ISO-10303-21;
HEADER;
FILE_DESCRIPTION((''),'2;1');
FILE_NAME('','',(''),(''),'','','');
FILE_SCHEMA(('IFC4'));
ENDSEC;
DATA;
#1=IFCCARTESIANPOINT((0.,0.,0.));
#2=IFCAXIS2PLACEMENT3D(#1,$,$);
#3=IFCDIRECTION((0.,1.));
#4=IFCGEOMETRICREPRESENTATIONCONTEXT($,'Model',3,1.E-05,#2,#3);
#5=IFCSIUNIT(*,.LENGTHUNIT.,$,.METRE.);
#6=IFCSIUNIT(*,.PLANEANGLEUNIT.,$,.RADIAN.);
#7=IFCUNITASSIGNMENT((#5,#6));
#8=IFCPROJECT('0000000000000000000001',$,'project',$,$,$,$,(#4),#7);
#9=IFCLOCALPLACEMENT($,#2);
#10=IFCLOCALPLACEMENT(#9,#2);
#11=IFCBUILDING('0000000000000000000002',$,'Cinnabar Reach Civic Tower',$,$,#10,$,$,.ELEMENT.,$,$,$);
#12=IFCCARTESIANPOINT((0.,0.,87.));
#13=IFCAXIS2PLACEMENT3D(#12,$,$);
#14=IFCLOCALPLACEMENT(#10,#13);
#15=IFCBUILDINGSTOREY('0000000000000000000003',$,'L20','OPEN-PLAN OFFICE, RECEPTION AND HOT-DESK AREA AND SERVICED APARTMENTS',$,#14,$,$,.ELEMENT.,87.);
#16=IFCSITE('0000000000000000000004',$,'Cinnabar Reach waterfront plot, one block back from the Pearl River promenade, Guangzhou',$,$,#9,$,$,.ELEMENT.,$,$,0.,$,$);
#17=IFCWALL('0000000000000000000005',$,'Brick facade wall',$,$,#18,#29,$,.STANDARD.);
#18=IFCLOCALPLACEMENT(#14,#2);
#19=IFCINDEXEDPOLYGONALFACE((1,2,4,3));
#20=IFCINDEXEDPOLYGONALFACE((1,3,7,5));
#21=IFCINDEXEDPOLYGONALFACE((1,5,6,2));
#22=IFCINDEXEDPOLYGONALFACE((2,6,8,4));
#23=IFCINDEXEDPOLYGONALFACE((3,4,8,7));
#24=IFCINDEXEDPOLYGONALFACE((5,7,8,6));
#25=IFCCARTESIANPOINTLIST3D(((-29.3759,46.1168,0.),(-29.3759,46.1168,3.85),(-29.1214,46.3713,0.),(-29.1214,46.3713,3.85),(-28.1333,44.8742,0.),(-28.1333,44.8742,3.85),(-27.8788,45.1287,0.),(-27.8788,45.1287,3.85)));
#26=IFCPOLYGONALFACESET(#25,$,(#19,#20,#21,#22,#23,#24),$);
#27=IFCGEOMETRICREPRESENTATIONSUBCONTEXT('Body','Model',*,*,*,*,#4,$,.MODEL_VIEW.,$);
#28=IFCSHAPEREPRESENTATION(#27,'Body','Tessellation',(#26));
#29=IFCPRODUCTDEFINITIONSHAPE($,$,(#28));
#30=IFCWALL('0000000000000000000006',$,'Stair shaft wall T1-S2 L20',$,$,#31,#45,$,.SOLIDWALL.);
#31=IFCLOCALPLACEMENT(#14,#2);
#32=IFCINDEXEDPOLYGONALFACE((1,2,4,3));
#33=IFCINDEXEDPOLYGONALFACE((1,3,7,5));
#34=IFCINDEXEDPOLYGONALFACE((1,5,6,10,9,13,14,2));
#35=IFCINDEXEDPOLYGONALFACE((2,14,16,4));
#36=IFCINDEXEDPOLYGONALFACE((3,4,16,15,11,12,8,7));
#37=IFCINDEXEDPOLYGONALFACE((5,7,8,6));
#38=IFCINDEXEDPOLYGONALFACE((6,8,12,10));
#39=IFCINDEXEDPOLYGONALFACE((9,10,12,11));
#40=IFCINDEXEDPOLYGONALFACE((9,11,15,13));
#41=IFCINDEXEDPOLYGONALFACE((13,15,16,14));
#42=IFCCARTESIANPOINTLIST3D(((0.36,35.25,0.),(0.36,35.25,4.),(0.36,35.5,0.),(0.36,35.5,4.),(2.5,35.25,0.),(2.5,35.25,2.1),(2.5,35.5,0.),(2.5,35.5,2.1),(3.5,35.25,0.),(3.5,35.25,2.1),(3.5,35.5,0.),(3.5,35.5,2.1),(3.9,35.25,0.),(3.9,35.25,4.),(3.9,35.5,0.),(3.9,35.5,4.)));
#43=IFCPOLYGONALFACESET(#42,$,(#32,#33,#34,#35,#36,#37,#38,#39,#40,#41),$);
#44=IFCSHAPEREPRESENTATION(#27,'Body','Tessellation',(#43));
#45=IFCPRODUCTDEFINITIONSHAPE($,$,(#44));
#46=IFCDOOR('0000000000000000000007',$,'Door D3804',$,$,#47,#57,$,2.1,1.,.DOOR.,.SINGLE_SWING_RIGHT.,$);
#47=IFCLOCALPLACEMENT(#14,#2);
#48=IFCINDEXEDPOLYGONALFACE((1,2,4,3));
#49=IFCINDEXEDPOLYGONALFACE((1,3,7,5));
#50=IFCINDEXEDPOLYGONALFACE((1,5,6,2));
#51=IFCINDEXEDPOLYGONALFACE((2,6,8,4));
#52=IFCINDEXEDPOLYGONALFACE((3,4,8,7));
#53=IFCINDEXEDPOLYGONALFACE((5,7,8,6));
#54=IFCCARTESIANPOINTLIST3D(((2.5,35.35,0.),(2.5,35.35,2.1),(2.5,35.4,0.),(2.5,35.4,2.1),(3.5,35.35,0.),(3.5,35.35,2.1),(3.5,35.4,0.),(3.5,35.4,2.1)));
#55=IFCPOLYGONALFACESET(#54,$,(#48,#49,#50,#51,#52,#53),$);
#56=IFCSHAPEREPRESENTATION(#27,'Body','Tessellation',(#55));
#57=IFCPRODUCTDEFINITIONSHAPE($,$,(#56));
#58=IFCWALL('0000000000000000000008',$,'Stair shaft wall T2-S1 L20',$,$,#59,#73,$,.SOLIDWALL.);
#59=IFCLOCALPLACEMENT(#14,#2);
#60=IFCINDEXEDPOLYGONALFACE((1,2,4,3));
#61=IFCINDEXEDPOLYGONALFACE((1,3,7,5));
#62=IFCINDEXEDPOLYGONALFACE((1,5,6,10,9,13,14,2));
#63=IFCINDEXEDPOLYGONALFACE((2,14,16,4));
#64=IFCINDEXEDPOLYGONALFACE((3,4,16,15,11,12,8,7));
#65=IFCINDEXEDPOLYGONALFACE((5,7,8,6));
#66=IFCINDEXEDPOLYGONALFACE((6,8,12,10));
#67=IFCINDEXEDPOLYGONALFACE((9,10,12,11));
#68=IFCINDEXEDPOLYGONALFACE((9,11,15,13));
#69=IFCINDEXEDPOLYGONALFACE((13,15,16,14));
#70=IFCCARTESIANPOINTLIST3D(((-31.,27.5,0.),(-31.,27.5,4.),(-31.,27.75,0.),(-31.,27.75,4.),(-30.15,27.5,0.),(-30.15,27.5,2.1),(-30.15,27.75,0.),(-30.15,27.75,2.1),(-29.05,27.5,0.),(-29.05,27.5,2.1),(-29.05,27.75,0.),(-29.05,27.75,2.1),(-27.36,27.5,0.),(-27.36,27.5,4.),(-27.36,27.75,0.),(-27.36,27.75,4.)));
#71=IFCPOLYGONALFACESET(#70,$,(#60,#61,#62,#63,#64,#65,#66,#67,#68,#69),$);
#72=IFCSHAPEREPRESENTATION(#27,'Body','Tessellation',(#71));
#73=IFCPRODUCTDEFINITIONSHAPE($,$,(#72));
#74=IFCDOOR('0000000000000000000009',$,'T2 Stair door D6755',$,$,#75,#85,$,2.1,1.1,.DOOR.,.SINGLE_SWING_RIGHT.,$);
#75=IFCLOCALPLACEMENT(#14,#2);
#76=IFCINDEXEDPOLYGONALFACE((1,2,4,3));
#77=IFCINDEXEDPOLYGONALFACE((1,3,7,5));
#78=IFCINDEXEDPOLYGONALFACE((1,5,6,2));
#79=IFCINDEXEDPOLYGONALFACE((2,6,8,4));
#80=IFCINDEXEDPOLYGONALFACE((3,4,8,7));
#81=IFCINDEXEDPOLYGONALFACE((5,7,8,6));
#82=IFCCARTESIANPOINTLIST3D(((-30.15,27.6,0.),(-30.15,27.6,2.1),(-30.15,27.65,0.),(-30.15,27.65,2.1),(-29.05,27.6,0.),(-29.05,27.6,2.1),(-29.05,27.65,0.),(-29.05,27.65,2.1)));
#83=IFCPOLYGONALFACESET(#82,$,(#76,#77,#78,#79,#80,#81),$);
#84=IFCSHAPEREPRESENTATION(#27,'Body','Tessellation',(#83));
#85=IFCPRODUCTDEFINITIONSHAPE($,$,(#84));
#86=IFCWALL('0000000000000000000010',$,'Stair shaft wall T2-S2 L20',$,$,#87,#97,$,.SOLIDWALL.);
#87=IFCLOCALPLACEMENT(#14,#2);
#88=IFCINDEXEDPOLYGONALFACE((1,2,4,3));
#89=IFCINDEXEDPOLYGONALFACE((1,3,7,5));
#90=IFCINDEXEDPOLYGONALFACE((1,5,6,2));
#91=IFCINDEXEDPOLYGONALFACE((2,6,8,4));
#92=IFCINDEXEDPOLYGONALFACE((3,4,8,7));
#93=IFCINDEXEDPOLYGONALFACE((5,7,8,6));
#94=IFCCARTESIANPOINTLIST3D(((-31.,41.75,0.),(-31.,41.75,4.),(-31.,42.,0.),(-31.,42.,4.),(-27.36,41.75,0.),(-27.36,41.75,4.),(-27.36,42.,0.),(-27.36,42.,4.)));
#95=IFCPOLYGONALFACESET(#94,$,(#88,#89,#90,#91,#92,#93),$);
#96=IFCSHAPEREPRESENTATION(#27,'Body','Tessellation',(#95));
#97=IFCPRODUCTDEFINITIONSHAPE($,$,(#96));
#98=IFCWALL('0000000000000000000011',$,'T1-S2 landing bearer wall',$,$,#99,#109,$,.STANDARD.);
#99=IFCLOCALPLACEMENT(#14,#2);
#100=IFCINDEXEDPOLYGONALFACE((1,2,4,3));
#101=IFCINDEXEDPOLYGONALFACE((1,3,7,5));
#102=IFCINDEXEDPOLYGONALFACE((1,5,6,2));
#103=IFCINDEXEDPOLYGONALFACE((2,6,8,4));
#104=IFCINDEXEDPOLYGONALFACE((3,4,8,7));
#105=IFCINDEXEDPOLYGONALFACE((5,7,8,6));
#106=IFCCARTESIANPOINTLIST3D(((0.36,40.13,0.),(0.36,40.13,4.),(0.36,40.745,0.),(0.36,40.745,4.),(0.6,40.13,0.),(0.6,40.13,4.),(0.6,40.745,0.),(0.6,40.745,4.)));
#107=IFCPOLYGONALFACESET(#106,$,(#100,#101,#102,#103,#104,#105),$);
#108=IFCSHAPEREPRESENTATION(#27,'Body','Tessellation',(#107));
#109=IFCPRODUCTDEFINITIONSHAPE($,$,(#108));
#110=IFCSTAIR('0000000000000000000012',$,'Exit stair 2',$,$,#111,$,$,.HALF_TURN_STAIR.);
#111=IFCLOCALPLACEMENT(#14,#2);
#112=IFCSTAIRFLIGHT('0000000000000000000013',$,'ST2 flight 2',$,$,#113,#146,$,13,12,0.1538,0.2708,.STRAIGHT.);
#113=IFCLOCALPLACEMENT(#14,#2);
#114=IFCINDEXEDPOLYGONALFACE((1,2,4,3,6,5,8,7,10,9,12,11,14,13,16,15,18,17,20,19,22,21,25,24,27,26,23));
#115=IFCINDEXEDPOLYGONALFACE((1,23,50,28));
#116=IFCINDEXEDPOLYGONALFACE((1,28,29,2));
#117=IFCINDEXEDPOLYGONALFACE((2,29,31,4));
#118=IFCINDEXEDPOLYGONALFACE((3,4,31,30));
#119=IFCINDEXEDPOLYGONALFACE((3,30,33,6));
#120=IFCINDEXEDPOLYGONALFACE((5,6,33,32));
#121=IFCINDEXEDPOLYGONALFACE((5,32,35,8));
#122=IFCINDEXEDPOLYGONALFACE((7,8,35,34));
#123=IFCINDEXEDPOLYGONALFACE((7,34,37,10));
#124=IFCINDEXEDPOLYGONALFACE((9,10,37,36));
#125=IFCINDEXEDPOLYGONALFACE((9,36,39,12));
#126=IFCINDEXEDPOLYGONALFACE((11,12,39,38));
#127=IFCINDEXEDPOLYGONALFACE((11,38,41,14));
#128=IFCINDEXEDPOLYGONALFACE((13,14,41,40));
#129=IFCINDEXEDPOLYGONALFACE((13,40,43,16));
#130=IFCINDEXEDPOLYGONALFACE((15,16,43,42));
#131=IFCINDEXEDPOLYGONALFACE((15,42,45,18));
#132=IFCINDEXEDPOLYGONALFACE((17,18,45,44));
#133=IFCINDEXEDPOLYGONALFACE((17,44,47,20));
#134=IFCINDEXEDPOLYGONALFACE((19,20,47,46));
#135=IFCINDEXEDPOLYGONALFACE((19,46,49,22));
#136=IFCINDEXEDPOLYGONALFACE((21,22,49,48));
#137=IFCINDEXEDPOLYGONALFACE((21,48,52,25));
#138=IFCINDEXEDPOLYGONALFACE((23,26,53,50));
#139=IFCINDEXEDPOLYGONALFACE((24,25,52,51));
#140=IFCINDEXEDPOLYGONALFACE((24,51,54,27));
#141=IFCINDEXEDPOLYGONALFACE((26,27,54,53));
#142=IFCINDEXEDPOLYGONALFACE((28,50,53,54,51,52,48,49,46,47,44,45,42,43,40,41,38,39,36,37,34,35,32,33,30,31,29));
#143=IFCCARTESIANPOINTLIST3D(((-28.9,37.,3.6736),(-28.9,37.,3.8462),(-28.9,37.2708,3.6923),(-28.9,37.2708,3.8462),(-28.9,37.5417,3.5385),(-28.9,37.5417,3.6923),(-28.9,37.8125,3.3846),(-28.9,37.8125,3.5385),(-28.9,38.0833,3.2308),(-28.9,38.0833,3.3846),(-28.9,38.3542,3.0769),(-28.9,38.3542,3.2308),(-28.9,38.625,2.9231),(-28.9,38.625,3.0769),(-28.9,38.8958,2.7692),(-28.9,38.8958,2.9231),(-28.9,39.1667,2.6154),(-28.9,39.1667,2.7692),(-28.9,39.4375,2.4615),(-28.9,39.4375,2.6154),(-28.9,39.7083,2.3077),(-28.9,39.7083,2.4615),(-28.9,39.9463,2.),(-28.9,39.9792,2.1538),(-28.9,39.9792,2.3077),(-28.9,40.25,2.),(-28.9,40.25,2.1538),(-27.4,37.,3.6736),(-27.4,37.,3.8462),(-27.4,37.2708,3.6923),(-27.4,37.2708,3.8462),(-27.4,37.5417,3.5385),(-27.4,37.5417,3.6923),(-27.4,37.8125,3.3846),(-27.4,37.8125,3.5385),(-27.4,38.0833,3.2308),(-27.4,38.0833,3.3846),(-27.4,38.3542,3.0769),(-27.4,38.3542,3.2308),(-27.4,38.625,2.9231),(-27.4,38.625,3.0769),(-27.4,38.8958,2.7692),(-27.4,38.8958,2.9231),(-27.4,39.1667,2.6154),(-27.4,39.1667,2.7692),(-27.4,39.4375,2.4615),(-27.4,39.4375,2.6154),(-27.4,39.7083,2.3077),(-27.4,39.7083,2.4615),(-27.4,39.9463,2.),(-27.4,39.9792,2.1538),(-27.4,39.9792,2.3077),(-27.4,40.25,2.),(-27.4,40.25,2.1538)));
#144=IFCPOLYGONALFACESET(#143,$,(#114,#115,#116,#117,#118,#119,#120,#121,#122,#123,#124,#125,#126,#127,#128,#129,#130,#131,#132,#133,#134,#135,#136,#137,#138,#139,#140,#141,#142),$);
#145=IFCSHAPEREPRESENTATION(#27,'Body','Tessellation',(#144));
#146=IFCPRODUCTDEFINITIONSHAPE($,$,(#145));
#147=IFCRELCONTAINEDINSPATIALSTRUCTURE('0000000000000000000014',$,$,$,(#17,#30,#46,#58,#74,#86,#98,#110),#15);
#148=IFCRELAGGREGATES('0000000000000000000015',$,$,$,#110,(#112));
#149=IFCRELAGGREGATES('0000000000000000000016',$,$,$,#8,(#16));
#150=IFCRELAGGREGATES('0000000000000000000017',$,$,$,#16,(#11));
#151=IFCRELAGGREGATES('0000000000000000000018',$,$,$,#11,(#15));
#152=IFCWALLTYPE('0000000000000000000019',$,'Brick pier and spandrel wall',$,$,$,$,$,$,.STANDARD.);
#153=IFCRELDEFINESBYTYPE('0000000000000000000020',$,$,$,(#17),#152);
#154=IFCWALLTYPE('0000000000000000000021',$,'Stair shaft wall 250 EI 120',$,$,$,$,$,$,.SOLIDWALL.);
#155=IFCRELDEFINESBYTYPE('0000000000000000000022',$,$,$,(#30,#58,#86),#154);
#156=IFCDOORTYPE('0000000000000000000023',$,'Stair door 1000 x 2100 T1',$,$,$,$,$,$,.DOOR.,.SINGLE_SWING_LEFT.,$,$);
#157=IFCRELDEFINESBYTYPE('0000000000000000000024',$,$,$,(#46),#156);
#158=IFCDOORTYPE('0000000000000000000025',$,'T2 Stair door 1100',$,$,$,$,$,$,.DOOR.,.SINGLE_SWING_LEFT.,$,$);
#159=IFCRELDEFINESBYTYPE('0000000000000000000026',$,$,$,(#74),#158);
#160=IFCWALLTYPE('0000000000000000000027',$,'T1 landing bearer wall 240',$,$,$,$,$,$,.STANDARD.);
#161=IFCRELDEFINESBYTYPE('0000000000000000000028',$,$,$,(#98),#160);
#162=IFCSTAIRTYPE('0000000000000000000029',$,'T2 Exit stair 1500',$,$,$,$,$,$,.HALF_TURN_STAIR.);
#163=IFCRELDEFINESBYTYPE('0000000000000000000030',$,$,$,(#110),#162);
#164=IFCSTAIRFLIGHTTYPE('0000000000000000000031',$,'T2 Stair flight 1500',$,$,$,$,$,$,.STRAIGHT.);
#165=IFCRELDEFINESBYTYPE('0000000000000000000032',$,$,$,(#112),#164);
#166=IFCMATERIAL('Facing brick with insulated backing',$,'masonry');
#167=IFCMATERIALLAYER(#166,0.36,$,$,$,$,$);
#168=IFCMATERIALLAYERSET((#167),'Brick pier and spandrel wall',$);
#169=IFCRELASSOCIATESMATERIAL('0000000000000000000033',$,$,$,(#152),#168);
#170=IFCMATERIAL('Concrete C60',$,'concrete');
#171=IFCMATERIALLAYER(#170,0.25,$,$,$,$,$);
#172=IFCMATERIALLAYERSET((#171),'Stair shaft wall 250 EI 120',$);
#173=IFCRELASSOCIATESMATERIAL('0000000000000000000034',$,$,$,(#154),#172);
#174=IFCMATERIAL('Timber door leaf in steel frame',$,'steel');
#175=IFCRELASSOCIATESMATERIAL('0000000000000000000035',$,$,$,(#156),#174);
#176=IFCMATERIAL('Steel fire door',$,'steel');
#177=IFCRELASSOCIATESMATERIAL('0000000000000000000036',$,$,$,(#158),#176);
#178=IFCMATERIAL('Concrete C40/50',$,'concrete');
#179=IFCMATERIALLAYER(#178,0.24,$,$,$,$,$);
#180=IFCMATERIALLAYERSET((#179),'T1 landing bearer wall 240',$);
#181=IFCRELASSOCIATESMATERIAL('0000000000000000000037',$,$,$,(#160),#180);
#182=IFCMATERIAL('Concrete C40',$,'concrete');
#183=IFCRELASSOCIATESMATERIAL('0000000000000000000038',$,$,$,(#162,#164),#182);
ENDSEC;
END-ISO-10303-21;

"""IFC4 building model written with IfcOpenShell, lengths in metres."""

from ifc_helpers import new_model, si_unit, direction, frame, frame_2d, origin, place, context, subcontext, project, spatial, polyline, rectangle, outline, extrude, material, layer, layer_set, type_object, element, fill, aggregate, save


model = new_model("IFC4")

# Units and contexts
model_context = context("Model", 3, precision=1e-05, world=origin(), true_north=direction((0.0, 1.0)))
body_context = subcontext(model_context, "Body", "Model", "MODEL_VIEW")
ifc_project = project(units=[si_unit("LENGTHUNIT", "METRE"), si_unit("PLANEANGLEUNIT", "RADIAN")], contexts=[model_context])

# Site, building, storey
site_placement = place(None, origin())
site = spatial("IfcSite", under=ifc_project, at=site_placement, Name="Cinnabar Reach waterfront plot, one block back from the Pearl River promenade, Guangzhou", CompositionType="ELEMENT", RefElevation=0.0)
building_placement = place(site_placement, origin())
building = spatial("IfcBuilding", under=site, at=building_placement, Name="Cinnabar Reach Civic Tower", CompositionType="ELEMENT")
storey_placement = place(building_placement, frame((0.0, 0.0, 87.0)))
storey = spatial("IfcBuildingStorey", under=building, at=storey_placement, Name="L20", Description="OPEN-PLAN OFFICE, RECEPTION AND HOT-DESK AREA AND SERVICED APARTMENTS", CompositionType="ELEMENT", Elevation=87.0)

# Shared definitions
ifc_material_1 = material(Name="Concrete C60", Category="concrete")

# Shared definitions
ifc_material_2 = material(Name="Concrete C40", Category="concrete")

# Shared definitions
ifc_material_3 = material(Name="Facing brick with insulated backing", Category="masonry")
ifc_layer_1 = layer(ifc_material_3, 0.36)
ifc_layer_set_1 = layer_set([ifc_layer_1], Name="Brick pier and spandrel wall")
wall_type_1 = type_object("IfcWallType", Name="Brick pier and spandrel wall", PredefinedType="STANDARD", material=ifc_layer_set_1)

# Wall
wall_1_placement = place(storey_placement, frame((-28.006, 45.0014, 0.0), z_axis=(0.0, 0.0, 1.0), x_axis=(-0.707107, 0.707107, 0.0)))
element("IfcWall", 1, at=wall_1_placement, inside=storey, type_object=wall_type_1, Name="Brick facade wall", PredefinedType="STANDARD", context=body_context, shape_type="SweptSolid", body=[
    extrude(rectangle(XDim=1.7573, YDim=0.36, at=frame_2d((0.8787, 0.0))), origin(), (0.0, 0.0, 1.0), 3.85),
])

# Walls, openings, doors
ifc_layer_2 = layer(ifc_material_1, 0.25)
ifc_layer_set_2 = layer_set([ifc_layer_2], Name="Stair shaft wall 250 EI 120")
wall_type_2 = type_object("IfcWallType", Name="Stair shaft wall 250 EI 120", PredefinedType="SOLIDWALL", material=ifc_layer_set_2)
wall_2_placement = place(storey_placement, frame((0.36, 35.375, 0.0), z_axis=(0.0, 0.0, 1.0), x_axis=(1.0, 0.0, 0.0)))
wall_2 = element("IfcWall", 2, at=wall_2_placement, inside=storey, type_object=wall_type_2, Name="Stair shaft wall T1-S2 L20", PredefinedType="SOLIDWALL", context=body_context, shape_type="SweptSolid", body=[
    extrude(rectangle(XDim=3.54, YDim=0.25, at=frame_2d((1.77, 0.0))), origin(), (0.0, 0.0, 1.0), 4.0),
])
opening_1_placement = place(wall_2_placement, frame((2.14, 0.0, 0.0)))
opening_1 = element("IfcOpeningElement", 3, at=opening_1_placement, cuts=wall_2, PredefinedType="OPENING", context=body_context, shape_type="SweptSolid", body=[
    extrude(rectangle(XDim=1.0, YDim=2.1, at=frame_2d((0.5, 1.05))), frame((0.0, 0.135, 0.0), z_axis=(0.0, -1.0, 0.0), x_axis=(1.0, 0.0, 0.0)), (0.0, 0.0, 1.0), 0.27),
])
ifc_material_4 = material(Name="Timber door leaf in steel frame", Category="steel")
door_type_1 = type_object("IfcDoorType", Name="Stair door 1000 x 2100 T1", OperationType="SINGLE_SWING_LEFT", PredefinedType="DOOR", material=ifc_material_4)
door_1_placement = place(opening_1_placement, origin())
door_1 = element("IfcDoor", 4, at=door_1_placement, inside=storey, type_object=door_type_1, Name="Door D3804", OperationType="SINGLE_SWING_RIGHT", OverallHeight=2.1, OverallWidth=1.0, PredefinedType="DOOR", context=body_context, shape_type="SweptSolid", body=[
    extrude(rectangle(XDim=1.0, YDim=2.1, at=frame_2d((0.5, 1.05))), frame((0.0, 0.025, 0.0), z_axis=(0.0, -1.0, 0.0), x_axis=(1.0, 0.0, 0.0)), (0.0, 0.0, 1.0), 0.05),
])
fill(opening_1, door_1)
wall_3_placement = place(storey_placement, frame((-27.36, 27.625, 0.0), z_axis=(0.0, 0.0, 1.0), x_axis=(-1.0, 0.0, 0.0)))
wall_3 = element("IfcWall", 5, at=wall_3_placement, inside=storey, type_object=wall_type_2, Name="Stair shaft wall T2-S1 L20", PredefinedType="SOLIDWALL", context=body_context, shape_type="SweptSolid", body=[
    extrude(rectangle(XDim=3.64, YDim=0.25, at=frame_2d((1.82, 0.0))), origin(), (0.0, 0.0, 1.0), 4.0),
])
opening_2_placement = place(wall_3_placement, frame((1.69, 0.0, 0.0)))
opening_2 = element("IfcOpeningElement", 6, at=opening_2_placement, cuts=wall_3, PredefinedType="OPENING", context=body_context, shape_type="SweptSolid", body=[
    extrude(rectangle(XDim=1.1, YDim=2.1, at=frame_2d((0.55, 1.05))), frame((0.0, 0.135, 0.0), z_axis=(0.0, -1.0, 0.0), x_axis=(1.0, 0.0, 0.0)), (0.0, 0.0, 1.0), 0.27),
])
ifc_material_5 = material(Name="Steel fire door", Category="steel")
door_type_2 = type_object("IfcDoorType", Name="T2 Stair door 1100", OperationType="SINGLE_SWING_LEFT", PredefinedType="DOOR", material=ifc_material_5)
door_2_placement = place(opening_2_placement, origin())
door_2 = element("IfcDoor", 7, at=door_2_placement, inside=storey, type_object=door_type_2, Name="T2 Stair door D6755", OperationType="SINGLE_SWING_RIGHT", OverallHeight=2.1, OverallWidth=1.1, PredefinedType="DOOR", context=body_context, shape_type="SweptSolid", body=[
    extrude(rectangle(XDim=1.1, YDim=2.1, at=frame_2d((0.55, 1.05))), frame((0.0, 0.025, 0.0), z_axis=(0.0, -1.0, 0.0), x_axis=(1.0, 0.0, 0.0)), (0.0, 0.0, 1.0), 0.05),
])
fill(opening_2, door_2)

# Walls
wall_4_placement = place(storey_placement, frame((-27.36, 41.875, 0.0), z_axis=(0.0, 0.0, 1.0), x_axis=(-1.0, 0.0, 0.0)))
element("IfcWall", 8, at=wall_4_placement, inside=storey, type_object=wall_type_2, Name="Stair shaft wall T2-S2 L20", PredefinedType="SOLIDWALL", context=body_context, shape_type="SweptSolid", body=[
    extrude(rectangle(XDim=3.64, YDim=0.25, at=frame_2d((1.82, 0.0))), origin(), (0.0, 0.0, 1.0), 4.0),
])
ifc_material_6 = material(Name="Concrete C40/50", Category="concrete")
ifc_layer_3 = layer(ifc_material_6, 0.24)
ifc_layer_set_3 = layer_set([ifc_layer_3], Name="T1 landing bearer wall 240")
wall_type_3 = type_object("IfcWallType", Name="T1 landing bearer wall 240", PredefinedType="STANDARD", material=ifc_layer_set_3)
wall_5_placement = place(storey_placement, frame((0.48, 40.13, 0.0), z_axis=(0.0, 0.0, 1.0), x_axis=(0.0, 1.0, 0.0)))
element("IfcWall", 9, at=wall_5_placement, inside=storey, type_object=wall_type_3, Name="T1-S2 landing bearer wall", PredefinedType="STANDARD", context=body_context, shape_type="SweptSolid", body=[
    extrude(rectangle(XDim=0.6151, YDim=0.24, at=frame_2d((0.3075, 0.0))), origin(), (0.0, 0.0, 1.0), 4.0),
])

# Stair, stair flight
stair_type_1 = type_object("IfcStairType", Name="T2 Exit stair 1500", PredefinedType="HALF_TURN_STAIR", material=ifc_material_2)
stair_1_placement = place(storey_placement, origin())
stair_1 = element("IfcStair", 10, at=stair_1_placement, inside=storey, type_object=stair_type_1, Name="Exit stair 2", PredefinedType="HALF_TURN_STAIR")
stair_flight_type = type_object("IfcStairFlightType", Name="T2 Stair flight 1500", PredefinedType="STRAIGHT", material=ifc_material_2)
stair_flight_placement = place(storey_placement, frame((-28.15, 40.25, 2.0), z_axis=(0.0, 0.0, 1.0), x_axis=(0.0, -1.0, 0.0)))
stair_flight = element("IfcStairFlight", 11, at=stair_flight_placement, type_object=stair_flight_type, Name="ST2 flight 2", NumberOfRisers=13, NumberOfTreads=12, PredefinedType="STRAIGHT", RiserHeight=0.1538, TreadLength=0.2708, context=body_context, shape_type="SweptSolid", body=[
    extrude(outline(polyline([(0.0, 0.0), (0.0, 0.1538), (0.2708, 0.1538), (0.2708, 0.3077), (0.5417, 0.3077), (0.5417, 0.4615), (0.8125, 0.4615), (0.8125, 0.6154), (1.0833, 0.6154), (1.0833, 0.7692), (1.3542, 0.7692), (1.3542, 0.9231), (1.625, 0.9231), (1.625, 1.0769), (1.8958, 1.0769), (1.8958, 1.2308), (2.1667, 1.2308), (2.1667, 1.3846), (2.4375, 1.3846), (2.4375, 1.5385), (2.7083, 1.5385), (2.7083, 1.6923), (2.9792, 1.6923), (2.9792, 1.8462), (3.25, 1.8462), (3.25, 2.0), (3.25, 1.6736), (0.3037, 0.0), (0.0, 0.0)])), frame((0.0, 0.75, 0.0), z_axis=(0.0, -1.0, 0.0), x_axis=(1.0, 0.0, 0.0)), (0.0, 0.0, 1.0), 1.5),
])
aggregate(stair_1, [stair_flight])

save(model, "model.ifc")
